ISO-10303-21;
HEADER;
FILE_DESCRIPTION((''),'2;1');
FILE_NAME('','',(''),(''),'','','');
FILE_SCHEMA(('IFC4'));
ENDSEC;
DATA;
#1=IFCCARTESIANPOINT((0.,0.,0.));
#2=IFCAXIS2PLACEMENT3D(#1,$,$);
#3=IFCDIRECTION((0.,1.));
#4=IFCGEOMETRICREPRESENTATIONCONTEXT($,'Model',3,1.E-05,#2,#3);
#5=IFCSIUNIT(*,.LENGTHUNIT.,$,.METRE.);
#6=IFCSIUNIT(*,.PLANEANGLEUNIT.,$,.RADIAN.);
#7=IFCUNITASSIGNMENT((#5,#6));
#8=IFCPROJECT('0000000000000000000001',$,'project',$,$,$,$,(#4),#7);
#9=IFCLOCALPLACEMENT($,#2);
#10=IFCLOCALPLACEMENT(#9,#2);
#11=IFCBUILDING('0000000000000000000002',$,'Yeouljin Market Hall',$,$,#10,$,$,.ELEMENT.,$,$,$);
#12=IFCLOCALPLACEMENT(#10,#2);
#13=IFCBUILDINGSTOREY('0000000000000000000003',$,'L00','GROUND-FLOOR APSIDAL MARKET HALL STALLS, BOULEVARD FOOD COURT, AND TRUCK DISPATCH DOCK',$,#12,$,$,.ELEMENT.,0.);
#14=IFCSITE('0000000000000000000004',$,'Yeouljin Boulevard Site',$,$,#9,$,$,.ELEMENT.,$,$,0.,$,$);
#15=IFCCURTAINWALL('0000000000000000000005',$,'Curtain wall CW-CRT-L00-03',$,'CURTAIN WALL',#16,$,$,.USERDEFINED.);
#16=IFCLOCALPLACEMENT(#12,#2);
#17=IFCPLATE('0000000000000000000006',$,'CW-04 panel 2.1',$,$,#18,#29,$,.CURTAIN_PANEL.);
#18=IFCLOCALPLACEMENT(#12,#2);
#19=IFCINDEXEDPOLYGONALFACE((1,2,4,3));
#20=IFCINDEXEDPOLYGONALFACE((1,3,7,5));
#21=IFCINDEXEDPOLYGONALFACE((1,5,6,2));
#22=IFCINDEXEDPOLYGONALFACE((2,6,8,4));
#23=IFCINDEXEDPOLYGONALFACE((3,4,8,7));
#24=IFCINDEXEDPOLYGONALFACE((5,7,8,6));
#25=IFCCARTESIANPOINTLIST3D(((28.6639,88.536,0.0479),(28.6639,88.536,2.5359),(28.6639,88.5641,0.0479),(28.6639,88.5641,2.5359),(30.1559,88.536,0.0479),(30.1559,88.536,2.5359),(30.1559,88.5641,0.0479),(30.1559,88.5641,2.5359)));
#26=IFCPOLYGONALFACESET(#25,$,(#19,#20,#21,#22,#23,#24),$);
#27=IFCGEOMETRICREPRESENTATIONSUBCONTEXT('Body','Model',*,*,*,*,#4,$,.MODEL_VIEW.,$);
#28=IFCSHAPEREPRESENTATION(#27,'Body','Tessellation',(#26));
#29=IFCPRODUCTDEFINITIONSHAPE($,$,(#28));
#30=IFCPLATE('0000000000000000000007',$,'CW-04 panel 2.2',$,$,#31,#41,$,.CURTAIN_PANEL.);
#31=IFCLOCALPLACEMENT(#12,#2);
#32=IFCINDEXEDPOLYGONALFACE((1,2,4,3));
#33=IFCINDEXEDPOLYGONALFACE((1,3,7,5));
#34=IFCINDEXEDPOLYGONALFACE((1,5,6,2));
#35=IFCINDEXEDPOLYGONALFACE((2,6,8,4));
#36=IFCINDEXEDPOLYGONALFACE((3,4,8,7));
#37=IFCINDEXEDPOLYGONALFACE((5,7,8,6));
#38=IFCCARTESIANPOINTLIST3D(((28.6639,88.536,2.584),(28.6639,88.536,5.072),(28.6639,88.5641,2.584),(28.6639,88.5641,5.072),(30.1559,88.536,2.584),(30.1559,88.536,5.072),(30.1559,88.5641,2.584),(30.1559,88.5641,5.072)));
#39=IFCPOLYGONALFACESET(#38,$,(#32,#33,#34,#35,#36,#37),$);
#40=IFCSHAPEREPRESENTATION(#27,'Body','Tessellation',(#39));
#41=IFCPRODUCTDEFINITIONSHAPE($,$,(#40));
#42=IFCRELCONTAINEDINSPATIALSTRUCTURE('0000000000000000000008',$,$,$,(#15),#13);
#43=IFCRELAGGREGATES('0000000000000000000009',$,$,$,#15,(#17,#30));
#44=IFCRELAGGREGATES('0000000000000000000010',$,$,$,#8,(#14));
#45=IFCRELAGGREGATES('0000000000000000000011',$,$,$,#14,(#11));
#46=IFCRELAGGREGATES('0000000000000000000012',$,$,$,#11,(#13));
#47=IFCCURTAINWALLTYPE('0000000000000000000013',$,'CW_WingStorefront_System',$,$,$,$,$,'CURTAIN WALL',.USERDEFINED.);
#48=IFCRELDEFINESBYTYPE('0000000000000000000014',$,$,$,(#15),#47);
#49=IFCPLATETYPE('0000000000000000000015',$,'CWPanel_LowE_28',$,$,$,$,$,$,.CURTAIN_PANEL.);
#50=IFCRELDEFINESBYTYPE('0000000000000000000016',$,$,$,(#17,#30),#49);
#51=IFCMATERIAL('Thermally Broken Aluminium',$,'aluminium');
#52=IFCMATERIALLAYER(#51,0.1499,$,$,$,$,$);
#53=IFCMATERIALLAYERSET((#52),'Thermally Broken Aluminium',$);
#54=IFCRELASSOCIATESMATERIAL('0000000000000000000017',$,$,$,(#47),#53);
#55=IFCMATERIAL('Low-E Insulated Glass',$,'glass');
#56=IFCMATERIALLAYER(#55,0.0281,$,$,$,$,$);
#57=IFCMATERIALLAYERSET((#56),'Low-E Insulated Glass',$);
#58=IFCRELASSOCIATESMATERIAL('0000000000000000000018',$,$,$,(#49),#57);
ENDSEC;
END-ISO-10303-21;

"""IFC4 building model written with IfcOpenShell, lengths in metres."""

from ifc_helpers import new_model, si_unit, direction, frame, origin, origin_2d, place, context, subcontext, project, spatial, rectangle, extrude, material, layer, layer_set, type_object, element, aggregate, save


model = new_model("IFC4")

# Units and contexts
model_context = context("Model", 3, precision=1e-05, world=origin(), true_north=direction((0.0, 1.0)))
body_context = subcontext(model_context, "Body", "Model", "MODEL_VIEW")
ifc_project = project(units=[si_unit("LENGTHUNIT", "METRE"), si_unit("PLANEANGLEUNIT", "RADIAN")], contexts=[model_context])

# Site, building, storey
site_placement = place(None, origin())
site = spatial("IfcSite", under=ifc_project, at=site_placement, Name="Yeouljin Boulevard Site", CompositionType="ELEMENT", RefElevation=0.0)
building_placement = place(site_placement, origin())
building = spatial("IfcBuilding", under=site, at=building_placement, Name="Yeouljin Market Hall", CompositionType="ELEMENT")
storey_placement = place(building_placement, origin())
storey = spatial("IfcBuildingStorey", under=building, at=storey_placement, Name="L00", Description="GROUND-FLOOR APSIDAL MARKET HALL STALLS, BOULEVARD FOOD COURT, AND TRUCK DISPATCH DOCK", CompositionType="ELEMENT", Elevation=0.0)

# Curtain wall
ifc_material_1 = material(Name="Thermally Broken Aluminium", Category="aluminium")
ifc_layer_1 = layer(ifc_material_1, 0.1499)
ifc_layer_set_1 = layer_set([ifc_layer_1], Name="Thermally Broken Aluminium")
curtain_wall_type = type_object("IfcCurtainWallType", Name="CW_WingStorefront_System", ElementType="CURTAIN WALL", PredefinedType="USERDEFINED", material=ifc_layer_set_1)
curtain_wall_1_placement = place(storey_placement, origin())
curtain_wall_1 = element("IfcCurtainWall", 1, at=curtain_wall_1_placement, inside=storey, type_object=curtain_wall_type, Name="Curtain wall CW-CRT-L00-03", ObjectType="CURTAIN WALL", PredefinedType="USERDEFINED")

# Plates
ifc_material_2 = material(Name="Low-E Insulated Glass", Category="glass")
ifc_layer_2 = layer(ifc_material_2, 0.0281)
ifc_layer_set_2 = layer_set([ifc_layer_2], Name="Low-E Insulated Glass")
plate_type = type_object("IfcPlateType", Name="CWPanel_LowE_28", PredefinedType="CURTAIN_PANEL", material=ifc_layer_set_2)
plate_1_placement = place(storey_placement, frame((29.4099, 88.55, 0.0479), z_axis=(0.0, 0.0, 1.0), x_axis=(1.0, 0.0, 0.0)))
plate_1 = element("IfcPlate", 2, at=plate_1_placement, type_object=plate_type, Name="CW-04 panel 2.1", PredefinedType="CURTAIN_PANEL", context=body_context, shape_type="SweptSolid", body=[
    extrude(rectangle(XDim=1.4919, YDim=0.0281, at=origin_2d()), origin(), (0.0, 0.0, 1.0), 2.488),
])
plate_2_placement = place(storey_placement, frame((29.4099, 88.55, 2.584), z_axis=(0.0, 0.0, 1.0), x_axis=(1.0, 0.0, 0.0)))
plate_2 = element("IfcPlate", 3, at=plate_2_placement, type_object=plate_type, Name="CW-04 panel 2.2", PredefinedType="CURTAIN_PANEL", context=body_context, shape_type="SweptSolid", body=[
    extrude(rectangle(XDim=1.4919, YDim=0.0281, at=origin_2d()), origin(), (0.0, 0.0, 1.0), 2.488),
])
aggregate(curtain_wall_1, [plate_1, plate_2])

save(model, "model.ifc")
